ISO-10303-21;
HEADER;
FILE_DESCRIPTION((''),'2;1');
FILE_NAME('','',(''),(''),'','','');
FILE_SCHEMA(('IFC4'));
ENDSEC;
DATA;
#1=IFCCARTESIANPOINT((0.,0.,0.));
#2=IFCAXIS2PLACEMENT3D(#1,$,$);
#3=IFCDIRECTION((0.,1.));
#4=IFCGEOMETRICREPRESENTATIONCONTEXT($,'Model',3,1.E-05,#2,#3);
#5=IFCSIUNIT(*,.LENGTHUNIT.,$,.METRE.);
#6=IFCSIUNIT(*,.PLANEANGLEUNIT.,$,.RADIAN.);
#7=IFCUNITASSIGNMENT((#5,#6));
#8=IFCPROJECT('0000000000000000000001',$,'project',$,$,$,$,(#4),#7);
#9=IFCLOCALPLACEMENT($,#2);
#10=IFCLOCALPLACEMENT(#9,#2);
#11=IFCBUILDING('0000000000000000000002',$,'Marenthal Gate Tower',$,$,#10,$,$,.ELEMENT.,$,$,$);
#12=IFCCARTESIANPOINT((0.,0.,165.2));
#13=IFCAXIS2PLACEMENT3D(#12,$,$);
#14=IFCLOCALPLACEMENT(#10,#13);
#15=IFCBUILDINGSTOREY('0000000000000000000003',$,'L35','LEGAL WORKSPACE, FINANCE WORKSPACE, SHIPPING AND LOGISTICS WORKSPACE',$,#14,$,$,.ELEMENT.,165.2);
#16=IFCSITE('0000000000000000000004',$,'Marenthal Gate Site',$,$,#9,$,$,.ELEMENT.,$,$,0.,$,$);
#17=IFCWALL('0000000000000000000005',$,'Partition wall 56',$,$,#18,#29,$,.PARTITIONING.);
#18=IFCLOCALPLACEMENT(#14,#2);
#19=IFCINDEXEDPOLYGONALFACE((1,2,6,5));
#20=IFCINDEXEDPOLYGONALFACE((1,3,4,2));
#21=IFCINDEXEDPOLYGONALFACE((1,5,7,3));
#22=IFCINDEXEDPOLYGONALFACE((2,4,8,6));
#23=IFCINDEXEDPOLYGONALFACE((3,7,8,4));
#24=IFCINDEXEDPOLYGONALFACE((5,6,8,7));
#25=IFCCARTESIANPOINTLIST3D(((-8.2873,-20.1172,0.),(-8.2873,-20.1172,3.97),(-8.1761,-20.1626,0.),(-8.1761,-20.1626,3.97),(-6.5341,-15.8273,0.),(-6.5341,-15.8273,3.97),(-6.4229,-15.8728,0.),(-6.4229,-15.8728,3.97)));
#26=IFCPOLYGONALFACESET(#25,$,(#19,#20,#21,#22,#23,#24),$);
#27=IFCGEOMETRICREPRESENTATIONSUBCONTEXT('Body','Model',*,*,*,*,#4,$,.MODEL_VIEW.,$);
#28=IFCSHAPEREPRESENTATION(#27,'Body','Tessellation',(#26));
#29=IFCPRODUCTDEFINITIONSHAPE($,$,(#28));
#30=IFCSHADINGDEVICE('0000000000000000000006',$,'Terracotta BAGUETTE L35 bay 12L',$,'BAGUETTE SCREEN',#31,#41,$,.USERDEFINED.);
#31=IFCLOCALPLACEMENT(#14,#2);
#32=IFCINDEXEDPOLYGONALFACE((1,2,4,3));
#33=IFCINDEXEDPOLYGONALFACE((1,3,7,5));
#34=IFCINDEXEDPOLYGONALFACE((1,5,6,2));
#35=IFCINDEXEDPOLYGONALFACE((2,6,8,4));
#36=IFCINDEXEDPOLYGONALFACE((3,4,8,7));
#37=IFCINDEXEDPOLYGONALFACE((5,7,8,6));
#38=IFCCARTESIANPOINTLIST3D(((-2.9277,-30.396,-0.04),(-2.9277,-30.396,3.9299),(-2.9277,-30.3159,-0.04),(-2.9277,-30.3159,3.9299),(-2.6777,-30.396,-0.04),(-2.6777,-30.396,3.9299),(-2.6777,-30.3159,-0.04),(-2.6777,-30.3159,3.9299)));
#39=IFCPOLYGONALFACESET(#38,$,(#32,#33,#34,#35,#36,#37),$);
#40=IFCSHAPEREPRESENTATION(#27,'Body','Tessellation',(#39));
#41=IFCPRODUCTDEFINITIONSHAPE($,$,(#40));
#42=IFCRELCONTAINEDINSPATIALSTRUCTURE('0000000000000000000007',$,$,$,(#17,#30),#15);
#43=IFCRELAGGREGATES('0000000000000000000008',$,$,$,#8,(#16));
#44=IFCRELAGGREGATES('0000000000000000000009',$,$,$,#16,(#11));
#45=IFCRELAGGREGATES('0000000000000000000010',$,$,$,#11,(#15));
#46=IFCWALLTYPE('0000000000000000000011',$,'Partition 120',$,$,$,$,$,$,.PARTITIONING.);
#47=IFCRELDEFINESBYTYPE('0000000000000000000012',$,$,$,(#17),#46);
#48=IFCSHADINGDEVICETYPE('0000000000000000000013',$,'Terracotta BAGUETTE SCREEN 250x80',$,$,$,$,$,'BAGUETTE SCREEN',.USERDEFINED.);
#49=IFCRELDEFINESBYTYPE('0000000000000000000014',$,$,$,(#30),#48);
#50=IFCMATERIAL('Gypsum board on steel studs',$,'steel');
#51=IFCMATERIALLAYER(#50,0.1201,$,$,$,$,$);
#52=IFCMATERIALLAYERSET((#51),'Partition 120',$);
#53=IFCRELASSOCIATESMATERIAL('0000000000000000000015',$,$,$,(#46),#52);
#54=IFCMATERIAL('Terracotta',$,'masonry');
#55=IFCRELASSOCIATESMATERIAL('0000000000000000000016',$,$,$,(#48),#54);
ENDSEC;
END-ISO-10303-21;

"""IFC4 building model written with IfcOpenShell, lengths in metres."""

from ifc_helpers import new_model, si_unit, direction, frame, frame_2d, origin, origin_2d, place, context, subcontext, project, spatial, rectangle, extrude, material, layer, layer_set, material_profile, profile_set, type_object, element, save


model = new_model("IFC4")

# Units and contexts
model_context = context("Model", 3, precision=1e-05, world=origin(), true_north=direction((0.0, 1.0)))
body_context = subcontext(model_context, "Body", "Model", "MODEL_VIEW")
ifc_project = project(units=[si_unit("LENGTHUNIT", "METRE"), si_unit("PLANEANGLEUNIT", "RADIAN")], contexts=[model_context])

# Site, building, storey
site_placement = place(None, origin())
site = spatial("IfcSite", under=ifc_project, at=site_placement, Name="Marenthal Gate Site", CompositionType="ELEMENT", RefElevation=0.0)
building_placement = place(site_placement, origin())
building = spatial("IfcBuilding", under=site, at=building_placement, Name="Marenthal Gate Tower", CompositionType="ELEMENT")
storey_placement = place(building_placement, frame((0.0, 0.0, 165.2)))
storey = spatial("IfcBuildingStorey", under=building, at=storey_placement, Name="L35", Description="LEGAL WORKSPACE, FINANCE WORKSPACE, SHIPPING AND LOGISTICS WORKSPACE", CompositionType="ELEMENT", Elevation=165.2)

# Wall
ifc_material_1 = material(Name="Gypsum board on steel studs", Category="steel")
ifc_layer_1 = layer(ifc_material_1, 0.1201)
ifc_layer_set_1 = layer_set([ifc_layer_1], Name="Partition 120")
wall_type_1 = type_object("IfcWallType", Name="Partition 120", PredefinedType="PARTITIONING", material=ifc_layer_set_1)
wall_1_placement = place(storey_placement, frame((-8.2317, -20.1399, 0.0), z_axis=(0.0, 0.0, 1.0), x_axis=(0.378311, 0.925679, 0.0)))
element("IfcWall", 1, at=wall_1_placement, inside=storey, type_object=wall_type_1, Name="Partition wall 56", PredefinedType="PARTITIONING", context=body_context, shape_type="SweptSolid", body=[
    extrude(rectangle(XDim=4.6343, YDim=0.1201, at=frame_2d((2.3171, 0.0))), origin(), (0.0, 0.0, 1.0), 3.97),
])

# Shading device
ifc_material_2 = material(Name="Terracotta", Category="masonry")
ifc_material_profile_1 = material_profile(ifc_material_2, rectangle(XDim=0.25, YDim=0.0801, at=origin_2d()), Name="Terracotta baguette 250x80")
ifc_profile_set_1 = profile_set([ifc_material_profile_1], Name="Terracotta")
shading_device_type = type_object("IfcShadingDeviceType", Name="Terracotta BAGUETTE SCREEN 250x80", ElementType="BAGUETTE SCREEN", PredefinedType="USERDEFINED", material=ifc_profile_set_1)
shading_device_placement = place(storey_placement, frame((-2.8027, -30.356, -0.04), z_axis=(0.0, 0.0, 1.0), x_axis=(1.0, 0.0, 0.0)))
element("IfcShadingDevice", 2, at=shading_device_placement, inside=storey, type_object=shading_device_type, Name="Terracotta BAGUETTE L35 bay 12L", ObjectType="BAGUETTE SCREEN", PredefinedType="USERDEFINED", context=body_context, shape_type="SweptSolid", body=[
    extrude(rectangle(XDim=0.25, YDim=0.0801, at=origin_2d()), origin(), (0.0, 0.0, 1.0), 3.97),
])

save(model, "model.ifc")
